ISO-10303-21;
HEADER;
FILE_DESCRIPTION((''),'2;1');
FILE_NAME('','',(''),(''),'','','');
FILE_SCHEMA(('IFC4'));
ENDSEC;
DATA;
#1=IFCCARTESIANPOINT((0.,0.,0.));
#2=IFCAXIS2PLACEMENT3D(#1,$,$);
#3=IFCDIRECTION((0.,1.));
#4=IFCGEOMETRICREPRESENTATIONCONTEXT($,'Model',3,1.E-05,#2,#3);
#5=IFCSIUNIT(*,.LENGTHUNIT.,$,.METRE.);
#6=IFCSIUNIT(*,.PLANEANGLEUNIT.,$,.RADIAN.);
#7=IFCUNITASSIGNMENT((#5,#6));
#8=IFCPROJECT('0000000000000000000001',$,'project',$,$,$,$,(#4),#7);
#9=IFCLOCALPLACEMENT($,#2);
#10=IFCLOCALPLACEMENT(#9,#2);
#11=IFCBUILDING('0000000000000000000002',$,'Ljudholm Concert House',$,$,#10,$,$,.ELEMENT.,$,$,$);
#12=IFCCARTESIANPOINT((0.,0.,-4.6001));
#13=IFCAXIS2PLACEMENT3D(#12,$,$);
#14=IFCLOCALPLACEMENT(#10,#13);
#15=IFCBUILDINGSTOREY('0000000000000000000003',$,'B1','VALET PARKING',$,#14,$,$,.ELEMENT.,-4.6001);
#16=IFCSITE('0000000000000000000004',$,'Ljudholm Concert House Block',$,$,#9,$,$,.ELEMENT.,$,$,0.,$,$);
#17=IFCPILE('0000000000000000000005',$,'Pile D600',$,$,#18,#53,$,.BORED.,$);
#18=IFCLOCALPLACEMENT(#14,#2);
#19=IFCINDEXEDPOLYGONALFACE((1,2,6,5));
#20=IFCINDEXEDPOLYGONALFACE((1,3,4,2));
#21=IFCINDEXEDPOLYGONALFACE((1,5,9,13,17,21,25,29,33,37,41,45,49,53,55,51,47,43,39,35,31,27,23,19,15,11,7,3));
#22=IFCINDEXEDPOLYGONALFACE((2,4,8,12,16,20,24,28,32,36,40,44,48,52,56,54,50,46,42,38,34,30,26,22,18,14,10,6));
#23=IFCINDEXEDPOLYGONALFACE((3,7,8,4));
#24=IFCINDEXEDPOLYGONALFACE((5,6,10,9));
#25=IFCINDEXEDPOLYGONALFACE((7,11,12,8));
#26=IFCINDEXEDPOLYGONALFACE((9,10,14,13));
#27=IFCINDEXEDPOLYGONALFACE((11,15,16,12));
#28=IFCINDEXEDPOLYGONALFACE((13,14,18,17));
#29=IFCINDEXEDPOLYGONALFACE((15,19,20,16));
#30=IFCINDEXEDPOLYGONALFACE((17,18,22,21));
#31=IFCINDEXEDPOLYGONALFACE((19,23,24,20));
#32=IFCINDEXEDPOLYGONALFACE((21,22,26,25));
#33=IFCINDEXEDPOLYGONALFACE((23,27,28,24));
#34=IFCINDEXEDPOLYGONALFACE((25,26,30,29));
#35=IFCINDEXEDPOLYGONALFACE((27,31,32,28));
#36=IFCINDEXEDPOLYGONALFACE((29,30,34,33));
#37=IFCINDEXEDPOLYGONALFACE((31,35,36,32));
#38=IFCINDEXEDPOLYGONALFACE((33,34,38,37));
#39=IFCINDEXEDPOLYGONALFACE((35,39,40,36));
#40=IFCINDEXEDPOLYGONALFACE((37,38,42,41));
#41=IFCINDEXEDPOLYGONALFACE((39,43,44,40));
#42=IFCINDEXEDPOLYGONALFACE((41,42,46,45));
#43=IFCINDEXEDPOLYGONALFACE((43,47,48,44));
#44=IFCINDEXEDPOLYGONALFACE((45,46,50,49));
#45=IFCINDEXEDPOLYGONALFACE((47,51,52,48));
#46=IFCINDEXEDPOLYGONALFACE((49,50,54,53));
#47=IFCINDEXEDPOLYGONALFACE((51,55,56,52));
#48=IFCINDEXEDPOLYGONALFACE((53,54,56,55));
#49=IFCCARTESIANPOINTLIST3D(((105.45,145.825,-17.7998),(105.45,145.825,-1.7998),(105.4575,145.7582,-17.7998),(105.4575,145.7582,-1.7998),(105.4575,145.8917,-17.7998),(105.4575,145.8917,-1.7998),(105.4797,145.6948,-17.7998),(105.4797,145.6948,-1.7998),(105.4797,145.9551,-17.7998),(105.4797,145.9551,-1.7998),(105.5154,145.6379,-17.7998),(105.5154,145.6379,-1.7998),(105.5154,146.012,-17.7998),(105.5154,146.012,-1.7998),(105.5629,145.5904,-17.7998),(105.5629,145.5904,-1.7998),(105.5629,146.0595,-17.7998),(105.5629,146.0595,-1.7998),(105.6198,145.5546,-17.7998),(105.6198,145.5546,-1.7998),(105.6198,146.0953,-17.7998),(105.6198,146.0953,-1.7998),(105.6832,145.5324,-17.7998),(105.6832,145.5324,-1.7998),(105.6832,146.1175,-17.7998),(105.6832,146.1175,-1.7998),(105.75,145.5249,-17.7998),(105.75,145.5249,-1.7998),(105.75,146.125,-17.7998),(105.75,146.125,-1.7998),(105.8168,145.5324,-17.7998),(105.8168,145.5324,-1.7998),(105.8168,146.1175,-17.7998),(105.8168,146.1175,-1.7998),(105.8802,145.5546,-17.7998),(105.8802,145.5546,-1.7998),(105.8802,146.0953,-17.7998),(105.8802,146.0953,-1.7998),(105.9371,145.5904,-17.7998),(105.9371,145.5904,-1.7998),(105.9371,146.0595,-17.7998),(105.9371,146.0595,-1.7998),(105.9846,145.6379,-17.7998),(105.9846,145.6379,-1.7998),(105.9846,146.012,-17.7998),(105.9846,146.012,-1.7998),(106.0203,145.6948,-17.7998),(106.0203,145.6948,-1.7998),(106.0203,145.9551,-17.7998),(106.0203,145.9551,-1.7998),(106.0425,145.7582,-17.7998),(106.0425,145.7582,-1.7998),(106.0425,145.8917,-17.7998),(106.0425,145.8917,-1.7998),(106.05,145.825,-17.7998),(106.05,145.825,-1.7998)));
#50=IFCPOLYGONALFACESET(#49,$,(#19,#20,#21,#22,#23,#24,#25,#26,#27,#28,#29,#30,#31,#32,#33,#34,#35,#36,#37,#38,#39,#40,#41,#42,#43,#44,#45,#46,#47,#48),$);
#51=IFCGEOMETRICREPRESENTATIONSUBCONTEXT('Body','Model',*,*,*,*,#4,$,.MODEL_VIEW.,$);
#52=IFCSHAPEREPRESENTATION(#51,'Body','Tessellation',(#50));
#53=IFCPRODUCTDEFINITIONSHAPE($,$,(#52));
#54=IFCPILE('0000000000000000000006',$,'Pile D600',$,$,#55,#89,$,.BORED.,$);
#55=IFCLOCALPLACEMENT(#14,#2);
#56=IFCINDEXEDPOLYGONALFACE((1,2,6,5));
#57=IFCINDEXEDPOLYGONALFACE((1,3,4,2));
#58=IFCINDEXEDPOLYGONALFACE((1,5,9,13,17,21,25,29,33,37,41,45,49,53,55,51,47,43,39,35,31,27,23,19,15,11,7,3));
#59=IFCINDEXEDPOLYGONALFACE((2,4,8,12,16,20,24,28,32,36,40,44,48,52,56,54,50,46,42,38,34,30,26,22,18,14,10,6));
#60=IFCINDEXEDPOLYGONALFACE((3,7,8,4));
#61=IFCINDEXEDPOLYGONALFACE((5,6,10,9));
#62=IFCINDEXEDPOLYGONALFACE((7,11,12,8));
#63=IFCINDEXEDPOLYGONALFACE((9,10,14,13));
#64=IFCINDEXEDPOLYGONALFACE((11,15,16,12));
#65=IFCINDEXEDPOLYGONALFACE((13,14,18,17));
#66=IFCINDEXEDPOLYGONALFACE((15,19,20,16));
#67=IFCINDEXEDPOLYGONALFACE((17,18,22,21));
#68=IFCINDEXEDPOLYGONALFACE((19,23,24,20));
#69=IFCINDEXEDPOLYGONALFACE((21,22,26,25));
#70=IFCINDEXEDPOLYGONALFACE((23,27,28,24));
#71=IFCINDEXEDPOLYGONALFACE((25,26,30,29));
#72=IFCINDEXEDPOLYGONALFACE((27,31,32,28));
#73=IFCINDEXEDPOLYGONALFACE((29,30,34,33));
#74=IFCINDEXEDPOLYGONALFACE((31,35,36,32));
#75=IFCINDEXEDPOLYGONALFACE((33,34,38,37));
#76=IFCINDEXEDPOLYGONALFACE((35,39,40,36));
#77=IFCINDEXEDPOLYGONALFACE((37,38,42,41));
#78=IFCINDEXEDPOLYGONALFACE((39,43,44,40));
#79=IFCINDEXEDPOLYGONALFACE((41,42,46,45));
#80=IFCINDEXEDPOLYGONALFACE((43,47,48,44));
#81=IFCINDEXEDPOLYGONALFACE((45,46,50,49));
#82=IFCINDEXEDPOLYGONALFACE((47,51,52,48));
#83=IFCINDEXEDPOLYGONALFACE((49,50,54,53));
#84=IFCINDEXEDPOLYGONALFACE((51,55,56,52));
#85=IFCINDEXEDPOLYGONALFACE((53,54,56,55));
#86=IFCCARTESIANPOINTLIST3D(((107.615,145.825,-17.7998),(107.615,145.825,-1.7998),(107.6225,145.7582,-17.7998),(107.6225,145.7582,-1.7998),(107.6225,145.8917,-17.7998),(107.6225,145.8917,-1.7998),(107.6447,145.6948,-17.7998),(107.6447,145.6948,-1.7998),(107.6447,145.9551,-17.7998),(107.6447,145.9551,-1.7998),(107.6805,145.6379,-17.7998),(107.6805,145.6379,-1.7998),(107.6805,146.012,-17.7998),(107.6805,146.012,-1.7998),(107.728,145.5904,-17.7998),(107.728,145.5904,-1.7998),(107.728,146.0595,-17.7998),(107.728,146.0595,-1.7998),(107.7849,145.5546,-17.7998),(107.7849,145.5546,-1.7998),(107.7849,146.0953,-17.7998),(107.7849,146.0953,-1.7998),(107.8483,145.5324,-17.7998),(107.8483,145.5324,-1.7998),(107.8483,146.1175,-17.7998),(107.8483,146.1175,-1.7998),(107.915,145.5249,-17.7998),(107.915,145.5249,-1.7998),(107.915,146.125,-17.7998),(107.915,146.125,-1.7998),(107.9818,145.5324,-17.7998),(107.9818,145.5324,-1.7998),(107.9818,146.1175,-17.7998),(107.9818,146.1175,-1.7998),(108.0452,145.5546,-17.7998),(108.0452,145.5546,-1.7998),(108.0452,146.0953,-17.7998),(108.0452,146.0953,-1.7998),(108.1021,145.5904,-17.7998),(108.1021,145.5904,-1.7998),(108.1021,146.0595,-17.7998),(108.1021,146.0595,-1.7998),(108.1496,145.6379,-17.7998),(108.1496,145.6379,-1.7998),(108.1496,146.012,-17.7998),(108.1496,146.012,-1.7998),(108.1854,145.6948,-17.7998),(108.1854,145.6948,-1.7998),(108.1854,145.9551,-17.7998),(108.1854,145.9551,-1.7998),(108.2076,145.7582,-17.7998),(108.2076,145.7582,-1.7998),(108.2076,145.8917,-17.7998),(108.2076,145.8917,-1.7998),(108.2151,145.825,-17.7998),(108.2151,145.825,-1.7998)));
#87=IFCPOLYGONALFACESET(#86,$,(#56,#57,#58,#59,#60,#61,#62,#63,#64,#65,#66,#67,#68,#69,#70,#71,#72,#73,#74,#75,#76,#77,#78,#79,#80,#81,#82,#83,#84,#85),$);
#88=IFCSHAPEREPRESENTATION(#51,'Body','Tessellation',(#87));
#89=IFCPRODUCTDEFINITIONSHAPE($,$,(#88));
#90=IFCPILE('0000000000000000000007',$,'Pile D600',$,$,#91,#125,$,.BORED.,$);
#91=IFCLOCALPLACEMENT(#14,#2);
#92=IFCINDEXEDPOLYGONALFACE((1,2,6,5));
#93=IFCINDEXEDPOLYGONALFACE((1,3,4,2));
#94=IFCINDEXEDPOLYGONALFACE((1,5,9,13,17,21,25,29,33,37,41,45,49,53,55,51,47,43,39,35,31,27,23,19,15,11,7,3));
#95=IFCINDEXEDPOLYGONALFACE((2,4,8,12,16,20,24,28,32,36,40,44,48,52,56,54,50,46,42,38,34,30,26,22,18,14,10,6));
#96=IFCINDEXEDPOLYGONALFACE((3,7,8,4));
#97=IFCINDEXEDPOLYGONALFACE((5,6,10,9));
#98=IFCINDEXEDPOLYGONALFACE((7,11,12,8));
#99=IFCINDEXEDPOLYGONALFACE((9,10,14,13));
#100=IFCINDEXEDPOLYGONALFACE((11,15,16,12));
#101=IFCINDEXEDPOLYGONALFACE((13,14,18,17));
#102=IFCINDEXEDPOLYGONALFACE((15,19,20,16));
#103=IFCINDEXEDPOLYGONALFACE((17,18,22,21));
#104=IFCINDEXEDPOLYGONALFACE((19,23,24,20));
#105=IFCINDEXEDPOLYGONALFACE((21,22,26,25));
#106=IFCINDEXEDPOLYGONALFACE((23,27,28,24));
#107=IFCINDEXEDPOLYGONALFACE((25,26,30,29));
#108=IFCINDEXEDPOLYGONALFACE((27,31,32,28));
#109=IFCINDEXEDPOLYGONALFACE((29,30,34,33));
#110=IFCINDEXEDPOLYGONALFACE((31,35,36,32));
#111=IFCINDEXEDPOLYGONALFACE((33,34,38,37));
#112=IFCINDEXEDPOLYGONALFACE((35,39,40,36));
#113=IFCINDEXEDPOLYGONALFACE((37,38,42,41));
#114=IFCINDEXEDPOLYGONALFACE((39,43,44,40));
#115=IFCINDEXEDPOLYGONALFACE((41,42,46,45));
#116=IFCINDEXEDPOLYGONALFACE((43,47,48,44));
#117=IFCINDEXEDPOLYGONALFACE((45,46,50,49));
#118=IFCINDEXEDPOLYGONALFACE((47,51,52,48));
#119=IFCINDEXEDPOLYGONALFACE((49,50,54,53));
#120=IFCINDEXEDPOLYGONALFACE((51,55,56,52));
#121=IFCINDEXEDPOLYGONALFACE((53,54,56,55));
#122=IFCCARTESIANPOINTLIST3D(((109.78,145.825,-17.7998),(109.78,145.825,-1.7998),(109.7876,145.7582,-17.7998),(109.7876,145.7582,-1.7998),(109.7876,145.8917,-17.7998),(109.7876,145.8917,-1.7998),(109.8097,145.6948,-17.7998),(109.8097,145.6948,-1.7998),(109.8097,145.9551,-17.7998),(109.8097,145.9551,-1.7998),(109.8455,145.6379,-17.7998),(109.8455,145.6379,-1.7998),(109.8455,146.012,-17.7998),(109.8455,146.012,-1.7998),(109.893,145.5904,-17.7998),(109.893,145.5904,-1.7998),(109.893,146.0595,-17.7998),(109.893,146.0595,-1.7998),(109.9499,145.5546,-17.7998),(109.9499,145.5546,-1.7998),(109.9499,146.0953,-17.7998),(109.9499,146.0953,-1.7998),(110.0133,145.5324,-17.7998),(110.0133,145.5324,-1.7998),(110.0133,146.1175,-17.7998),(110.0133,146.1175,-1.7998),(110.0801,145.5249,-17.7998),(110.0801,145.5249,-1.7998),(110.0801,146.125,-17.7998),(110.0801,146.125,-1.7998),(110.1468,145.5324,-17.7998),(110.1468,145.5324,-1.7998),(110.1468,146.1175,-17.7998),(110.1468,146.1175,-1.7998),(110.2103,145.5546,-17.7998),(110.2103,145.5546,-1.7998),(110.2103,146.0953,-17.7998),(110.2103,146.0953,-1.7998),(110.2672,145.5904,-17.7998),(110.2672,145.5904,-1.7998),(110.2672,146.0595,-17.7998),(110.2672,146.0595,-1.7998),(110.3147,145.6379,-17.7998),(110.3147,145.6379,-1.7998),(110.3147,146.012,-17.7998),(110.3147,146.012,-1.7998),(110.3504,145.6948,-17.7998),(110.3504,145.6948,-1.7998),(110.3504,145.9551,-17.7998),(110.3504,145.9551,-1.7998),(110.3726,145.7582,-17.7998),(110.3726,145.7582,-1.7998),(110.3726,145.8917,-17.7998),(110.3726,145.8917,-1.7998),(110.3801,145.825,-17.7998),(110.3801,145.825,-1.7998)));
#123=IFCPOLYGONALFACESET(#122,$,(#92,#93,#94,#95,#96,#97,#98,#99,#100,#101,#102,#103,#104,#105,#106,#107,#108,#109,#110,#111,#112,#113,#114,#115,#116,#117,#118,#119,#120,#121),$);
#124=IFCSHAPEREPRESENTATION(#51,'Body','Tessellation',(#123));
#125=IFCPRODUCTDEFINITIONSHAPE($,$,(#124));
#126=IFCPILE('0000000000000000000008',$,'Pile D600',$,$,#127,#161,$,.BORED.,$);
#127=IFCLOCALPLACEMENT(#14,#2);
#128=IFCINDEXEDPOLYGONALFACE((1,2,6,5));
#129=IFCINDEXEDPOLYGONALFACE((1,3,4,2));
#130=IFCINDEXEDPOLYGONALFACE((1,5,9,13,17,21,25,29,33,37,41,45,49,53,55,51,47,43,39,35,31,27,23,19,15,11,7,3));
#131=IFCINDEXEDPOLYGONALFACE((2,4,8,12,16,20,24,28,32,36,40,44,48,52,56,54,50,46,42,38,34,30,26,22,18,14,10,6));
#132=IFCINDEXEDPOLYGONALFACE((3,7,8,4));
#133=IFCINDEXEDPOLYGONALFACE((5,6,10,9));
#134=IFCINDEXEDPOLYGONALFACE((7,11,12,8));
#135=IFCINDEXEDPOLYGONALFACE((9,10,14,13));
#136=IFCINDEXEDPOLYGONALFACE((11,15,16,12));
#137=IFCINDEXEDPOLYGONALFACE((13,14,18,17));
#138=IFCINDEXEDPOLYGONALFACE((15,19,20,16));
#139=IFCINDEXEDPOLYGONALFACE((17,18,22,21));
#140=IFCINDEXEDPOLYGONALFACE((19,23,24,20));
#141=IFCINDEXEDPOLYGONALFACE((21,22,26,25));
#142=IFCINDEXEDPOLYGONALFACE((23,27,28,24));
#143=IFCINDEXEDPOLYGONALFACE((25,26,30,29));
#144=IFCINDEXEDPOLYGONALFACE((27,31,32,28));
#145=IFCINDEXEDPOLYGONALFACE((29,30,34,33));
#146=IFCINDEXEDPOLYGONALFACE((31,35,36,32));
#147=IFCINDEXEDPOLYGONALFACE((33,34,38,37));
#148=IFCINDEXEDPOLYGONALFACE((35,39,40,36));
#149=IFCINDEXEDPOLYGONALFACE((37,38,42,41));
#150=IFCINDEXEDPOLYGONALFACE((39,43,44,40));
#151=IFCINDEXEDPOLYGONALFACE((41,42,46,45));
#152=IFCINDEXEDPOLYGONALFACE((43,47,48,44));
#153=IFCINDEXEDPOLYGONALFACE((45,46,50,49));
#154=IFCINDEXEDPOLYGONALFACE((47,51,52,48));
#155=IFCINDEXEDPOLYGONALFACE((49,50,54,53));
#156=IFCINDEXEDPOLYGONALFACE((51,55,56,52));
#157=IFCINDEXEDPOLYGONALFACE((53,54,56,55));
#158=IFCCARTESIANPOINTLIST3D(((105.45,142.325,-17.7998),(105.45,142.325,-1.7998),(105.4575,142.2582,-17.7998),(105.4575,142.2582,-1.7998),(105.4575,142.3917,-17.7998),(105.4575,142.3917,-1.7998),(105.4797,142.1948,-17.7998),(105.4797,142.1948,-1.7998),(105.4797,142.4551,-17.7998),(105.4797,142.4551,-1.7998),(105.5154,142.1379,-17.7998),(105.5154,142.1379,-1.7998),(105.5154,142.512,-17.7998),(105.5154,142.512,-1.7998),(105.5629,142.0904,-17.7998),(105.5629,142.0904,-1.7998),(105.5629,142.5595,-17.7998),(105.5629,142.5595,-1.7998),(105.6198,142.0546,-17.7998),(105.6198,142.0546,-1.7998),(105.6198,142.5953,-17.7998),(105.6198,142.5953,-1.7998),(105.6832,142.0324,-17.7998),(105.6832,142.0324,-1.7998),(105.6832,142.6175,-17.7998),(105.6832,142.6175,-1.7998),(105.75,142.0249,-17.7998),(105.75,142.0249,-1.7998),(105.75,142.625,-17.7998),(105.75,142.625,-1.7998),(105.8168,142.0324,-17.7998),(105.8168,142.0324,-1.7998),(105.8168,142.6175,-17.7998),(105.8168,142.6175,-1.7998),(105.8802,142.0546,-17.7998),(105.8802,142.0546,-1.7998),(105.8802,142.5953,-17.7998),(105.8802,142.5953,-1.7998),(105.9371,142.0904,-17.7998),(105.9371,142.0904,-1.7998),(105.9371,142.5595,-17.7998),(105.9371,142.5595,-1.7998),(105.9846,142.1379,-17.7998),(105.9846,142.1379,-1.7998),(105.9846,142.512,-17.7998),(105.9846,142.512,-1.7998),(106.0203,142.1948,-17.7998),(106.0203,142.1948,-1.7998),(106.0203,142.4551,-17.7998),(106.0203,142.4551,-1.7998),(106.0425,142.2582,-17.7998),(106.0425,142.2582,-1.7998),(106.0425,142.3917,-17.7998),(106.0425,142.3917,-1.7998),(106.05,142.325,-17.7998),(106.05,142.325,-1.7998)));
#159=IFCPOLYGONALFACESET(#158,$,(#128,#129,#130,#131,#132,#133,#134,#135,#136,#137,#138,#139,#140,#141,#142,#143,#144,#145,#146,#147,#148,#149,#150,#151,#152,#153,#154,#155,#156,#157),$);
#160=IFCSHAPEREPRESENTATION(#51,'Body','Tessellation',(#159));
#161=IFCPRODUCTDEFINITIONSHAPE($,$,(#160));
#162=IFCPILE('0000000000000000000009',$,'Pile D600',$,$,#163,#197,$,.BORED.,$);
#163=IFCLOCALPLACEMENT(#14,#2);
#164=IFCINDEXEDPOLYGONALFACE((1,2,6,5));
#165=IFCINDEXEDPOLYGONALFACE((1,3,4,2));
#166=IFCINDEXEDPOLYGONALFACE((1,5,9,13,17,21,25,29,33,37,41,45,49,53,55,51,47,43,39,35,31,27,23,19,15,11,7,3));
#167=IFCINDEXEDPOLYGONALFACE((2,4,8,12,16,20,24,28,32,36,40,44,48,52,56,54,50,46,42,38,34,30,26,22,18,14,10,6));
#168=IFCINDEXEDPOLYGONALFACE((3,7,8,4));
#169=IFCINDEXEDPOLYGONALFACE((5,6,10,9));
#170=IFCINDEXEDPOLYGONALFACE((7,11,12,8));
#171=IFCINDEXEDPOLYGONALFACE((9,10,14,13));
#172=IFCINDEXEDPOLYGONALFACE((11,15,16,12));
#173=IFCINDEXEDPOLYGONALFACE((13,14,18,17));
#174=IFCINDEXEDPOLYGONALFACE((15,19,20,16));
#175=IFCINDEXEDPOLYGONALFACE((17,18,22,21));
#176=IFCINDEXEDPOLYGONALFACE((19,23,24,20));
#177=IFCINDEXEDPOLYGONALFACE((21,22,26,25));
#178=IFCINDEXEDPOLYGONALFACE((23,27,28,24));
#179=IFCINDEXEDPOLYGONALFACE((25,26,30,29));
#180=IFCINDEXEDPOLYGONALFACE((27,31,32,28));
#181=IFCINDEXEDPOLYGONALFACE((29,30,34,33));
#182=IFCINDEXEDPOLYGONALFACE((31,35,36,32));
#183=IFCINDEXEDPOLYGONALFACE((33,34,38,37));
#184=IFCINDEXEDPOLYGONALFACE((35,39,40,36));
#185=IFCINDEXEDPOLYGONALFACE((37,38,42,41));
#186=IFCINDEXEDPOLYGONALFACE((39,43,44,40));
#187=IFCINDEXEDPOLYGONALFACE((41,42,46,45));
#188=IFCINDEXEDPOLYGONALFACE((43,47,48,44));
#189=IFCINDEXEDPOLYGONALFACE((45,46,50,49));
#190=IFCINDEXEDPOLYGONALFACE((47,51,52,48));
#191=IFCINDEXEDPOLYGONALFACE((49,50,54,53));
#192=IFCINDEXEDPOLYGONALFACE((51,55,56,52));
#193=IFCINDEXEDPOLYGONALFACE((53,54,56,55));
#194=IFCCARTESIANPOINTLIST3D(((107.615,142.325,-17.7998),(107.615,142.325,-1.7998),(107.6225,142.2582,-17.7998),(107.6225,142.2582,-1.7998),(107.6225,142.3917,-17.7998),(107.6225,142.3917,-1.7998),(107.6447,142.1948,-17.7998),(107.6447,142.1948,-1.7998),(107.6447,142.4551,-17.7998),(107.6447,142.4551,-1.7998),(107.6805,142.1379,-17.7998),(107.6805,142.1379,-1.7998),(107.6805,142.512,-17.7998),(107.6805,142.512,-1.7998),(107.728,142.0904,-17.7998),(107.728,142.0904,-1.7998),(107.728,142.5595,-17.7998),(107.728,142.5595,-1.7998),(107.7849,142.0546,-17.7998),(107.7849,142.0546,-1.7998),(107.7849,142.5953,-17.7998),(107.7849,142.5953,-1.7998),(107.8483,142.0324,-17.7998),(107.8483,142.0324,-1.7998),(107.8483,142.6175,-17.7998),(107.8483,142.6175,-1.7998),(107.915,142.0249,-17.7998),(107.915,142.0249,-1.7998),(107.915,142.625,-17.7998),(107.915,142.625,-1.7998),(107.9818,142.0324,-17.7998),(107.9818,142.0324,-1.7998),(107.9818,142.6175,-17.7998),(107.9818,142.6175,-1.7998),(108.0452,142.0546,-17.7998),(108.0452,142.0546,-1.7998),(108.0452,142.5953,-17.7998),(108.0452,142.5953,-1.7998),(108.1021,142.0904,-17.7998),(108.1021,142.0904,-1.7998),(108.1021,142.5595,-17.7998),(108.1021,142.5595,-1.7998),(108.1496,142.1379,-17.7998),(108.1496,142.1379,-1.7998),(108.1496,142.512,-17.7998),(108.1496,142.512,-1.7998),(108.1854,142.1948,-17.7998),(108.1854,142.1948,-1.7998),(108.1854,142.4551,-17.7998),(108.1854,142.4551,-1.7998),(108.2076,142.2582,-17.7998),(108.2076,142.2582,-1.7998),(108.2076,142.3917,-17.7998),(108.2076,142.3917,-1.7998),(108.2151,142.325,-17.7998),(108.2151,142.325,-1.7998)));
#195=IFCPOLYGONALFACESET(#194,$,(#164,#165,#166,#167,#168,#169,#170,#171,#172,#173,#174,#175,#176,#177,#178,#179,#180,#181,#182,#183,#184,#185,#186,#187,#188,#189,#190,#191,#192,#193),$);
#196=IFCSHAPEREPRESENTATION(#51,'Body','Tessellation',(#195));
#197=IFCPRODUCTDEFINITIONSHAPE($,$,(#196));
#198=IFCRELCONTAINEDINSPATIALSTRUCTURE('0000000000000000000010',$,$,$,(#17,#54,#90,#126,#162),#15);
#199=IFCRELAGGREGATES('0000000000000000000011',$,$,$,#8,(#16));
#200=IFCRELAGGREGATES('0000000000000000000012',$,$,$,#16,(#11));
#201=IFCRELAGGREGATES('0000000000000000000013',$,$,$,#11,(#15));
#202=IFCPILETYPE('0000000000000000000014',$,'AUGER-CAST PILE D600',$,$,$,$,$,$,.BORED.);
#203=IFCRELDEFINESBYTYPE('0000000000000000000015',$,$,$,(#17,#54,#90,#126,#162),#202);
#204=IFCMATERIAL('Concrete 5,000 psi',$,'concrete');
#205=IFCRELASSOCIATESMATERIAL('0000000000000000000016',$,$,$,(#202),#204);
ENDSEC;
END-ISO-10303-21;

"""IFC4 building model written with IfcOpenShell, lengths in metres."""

from ifc_helpers import new_model, si_unit, direction, frame, origin, origin_2d, place, context, subcontext, project, spatial, circle, extrude, material, material_profile, profile_set, type_object, element, save


model = new_model("IFC4")

# Units and contexts
model_context = context("Model", 3, precision=1e-05, world=origin(), true_north=direction((0.0, 1.0)))
body_context = subcontext(model_context, "Body", "Model", "MODEL_VIEW")
ifc_project = project(units=[si_unit("LENGTHUNIT", "METRE"), si_unit("PLANEANGLEUNIT", "RADIAN")], contexts=[model_context])

# Site, building, storey
site_placement = place(None, origin())
site = spatial("IfcSite", under=ifc_project, at=site_placement, Name="Ljudholm Concert House Block", CompositionType="ELEMENT", RefElevation=0.0)
building_placement = place(site_placement, origin())
building = spatial("IfcBuilding", under=site, at=building_placement, Name="Ljudholm Concert House", CompositionType="ELEMENT")
storey_placement = place(building_placement, frame((0.0, 0.0, -4.6001)))
storey = spatial("IfcBuildingStorey", under=building, at=storey_placement, Name="B1", Description="VALET PARKING", CompositionType="ELEMENT", Elevation=-4.6001)

# Piles
ifc_material_1 = material(Name="Concrete 5,000 psi", Category="concrete")
ifc_material_profile_1 = material_profile(ifc_material_1, circle(Radius=0.3, at=origin_2d()), Name="AUGER-CAST PILE D600")
ifc_profile_set_1 = profile_set([ifc_material_profile_1], Name="Concrete 5,000 psi")
pile_type = type_object("IfcPileType", Name="AUGER-CAST PILE D600", PredefinedType="BORED", material=ifc_profile_set_1)
for number, where, z_axis, x_axis, name in (
    (1, (105.75, 145.825, -1.7998), (0.0, 0.0, -1.0), (1.0, 0.0, 0.0), "Pile D600"),
    (2, (107.915, 145.825, -1.7998), (0.0, 0.0, -1.0), (1.0, 0.0, 0.0), "Pile D600"),
    (3, (110.0801, 145.825, -1.7998), (0.0, 0.0, -1.0), (1.0, 0.0, 0.0), "Pile D600"),
    (4, (105.75, 142.325, -1.7998), (0.0, 0.0, -1.0), (1.0, 0.0, 0.0), "Pile D600"),
    (5, (107.915, 142.325, -1.7998), (0.0, 0.0, -1.0), (1.0, 0.0, 0.0), "Pile D600"),
):
    element("IfcPile", number, at=place(storey_placement, frame(where, z_axis=z_axis, x_axis=x_axis)), inside=storey, type_object=pile_type, Name=name, PredefinedType="BORED", context=body_context, shape_type="SweptSolid", body=[
        extrude(circle(Radius=0.3, at=origin_2d()), origin(), (0.0, 0.0, 1.0), 16.0),
    ])

save(model, "model.ifc")
